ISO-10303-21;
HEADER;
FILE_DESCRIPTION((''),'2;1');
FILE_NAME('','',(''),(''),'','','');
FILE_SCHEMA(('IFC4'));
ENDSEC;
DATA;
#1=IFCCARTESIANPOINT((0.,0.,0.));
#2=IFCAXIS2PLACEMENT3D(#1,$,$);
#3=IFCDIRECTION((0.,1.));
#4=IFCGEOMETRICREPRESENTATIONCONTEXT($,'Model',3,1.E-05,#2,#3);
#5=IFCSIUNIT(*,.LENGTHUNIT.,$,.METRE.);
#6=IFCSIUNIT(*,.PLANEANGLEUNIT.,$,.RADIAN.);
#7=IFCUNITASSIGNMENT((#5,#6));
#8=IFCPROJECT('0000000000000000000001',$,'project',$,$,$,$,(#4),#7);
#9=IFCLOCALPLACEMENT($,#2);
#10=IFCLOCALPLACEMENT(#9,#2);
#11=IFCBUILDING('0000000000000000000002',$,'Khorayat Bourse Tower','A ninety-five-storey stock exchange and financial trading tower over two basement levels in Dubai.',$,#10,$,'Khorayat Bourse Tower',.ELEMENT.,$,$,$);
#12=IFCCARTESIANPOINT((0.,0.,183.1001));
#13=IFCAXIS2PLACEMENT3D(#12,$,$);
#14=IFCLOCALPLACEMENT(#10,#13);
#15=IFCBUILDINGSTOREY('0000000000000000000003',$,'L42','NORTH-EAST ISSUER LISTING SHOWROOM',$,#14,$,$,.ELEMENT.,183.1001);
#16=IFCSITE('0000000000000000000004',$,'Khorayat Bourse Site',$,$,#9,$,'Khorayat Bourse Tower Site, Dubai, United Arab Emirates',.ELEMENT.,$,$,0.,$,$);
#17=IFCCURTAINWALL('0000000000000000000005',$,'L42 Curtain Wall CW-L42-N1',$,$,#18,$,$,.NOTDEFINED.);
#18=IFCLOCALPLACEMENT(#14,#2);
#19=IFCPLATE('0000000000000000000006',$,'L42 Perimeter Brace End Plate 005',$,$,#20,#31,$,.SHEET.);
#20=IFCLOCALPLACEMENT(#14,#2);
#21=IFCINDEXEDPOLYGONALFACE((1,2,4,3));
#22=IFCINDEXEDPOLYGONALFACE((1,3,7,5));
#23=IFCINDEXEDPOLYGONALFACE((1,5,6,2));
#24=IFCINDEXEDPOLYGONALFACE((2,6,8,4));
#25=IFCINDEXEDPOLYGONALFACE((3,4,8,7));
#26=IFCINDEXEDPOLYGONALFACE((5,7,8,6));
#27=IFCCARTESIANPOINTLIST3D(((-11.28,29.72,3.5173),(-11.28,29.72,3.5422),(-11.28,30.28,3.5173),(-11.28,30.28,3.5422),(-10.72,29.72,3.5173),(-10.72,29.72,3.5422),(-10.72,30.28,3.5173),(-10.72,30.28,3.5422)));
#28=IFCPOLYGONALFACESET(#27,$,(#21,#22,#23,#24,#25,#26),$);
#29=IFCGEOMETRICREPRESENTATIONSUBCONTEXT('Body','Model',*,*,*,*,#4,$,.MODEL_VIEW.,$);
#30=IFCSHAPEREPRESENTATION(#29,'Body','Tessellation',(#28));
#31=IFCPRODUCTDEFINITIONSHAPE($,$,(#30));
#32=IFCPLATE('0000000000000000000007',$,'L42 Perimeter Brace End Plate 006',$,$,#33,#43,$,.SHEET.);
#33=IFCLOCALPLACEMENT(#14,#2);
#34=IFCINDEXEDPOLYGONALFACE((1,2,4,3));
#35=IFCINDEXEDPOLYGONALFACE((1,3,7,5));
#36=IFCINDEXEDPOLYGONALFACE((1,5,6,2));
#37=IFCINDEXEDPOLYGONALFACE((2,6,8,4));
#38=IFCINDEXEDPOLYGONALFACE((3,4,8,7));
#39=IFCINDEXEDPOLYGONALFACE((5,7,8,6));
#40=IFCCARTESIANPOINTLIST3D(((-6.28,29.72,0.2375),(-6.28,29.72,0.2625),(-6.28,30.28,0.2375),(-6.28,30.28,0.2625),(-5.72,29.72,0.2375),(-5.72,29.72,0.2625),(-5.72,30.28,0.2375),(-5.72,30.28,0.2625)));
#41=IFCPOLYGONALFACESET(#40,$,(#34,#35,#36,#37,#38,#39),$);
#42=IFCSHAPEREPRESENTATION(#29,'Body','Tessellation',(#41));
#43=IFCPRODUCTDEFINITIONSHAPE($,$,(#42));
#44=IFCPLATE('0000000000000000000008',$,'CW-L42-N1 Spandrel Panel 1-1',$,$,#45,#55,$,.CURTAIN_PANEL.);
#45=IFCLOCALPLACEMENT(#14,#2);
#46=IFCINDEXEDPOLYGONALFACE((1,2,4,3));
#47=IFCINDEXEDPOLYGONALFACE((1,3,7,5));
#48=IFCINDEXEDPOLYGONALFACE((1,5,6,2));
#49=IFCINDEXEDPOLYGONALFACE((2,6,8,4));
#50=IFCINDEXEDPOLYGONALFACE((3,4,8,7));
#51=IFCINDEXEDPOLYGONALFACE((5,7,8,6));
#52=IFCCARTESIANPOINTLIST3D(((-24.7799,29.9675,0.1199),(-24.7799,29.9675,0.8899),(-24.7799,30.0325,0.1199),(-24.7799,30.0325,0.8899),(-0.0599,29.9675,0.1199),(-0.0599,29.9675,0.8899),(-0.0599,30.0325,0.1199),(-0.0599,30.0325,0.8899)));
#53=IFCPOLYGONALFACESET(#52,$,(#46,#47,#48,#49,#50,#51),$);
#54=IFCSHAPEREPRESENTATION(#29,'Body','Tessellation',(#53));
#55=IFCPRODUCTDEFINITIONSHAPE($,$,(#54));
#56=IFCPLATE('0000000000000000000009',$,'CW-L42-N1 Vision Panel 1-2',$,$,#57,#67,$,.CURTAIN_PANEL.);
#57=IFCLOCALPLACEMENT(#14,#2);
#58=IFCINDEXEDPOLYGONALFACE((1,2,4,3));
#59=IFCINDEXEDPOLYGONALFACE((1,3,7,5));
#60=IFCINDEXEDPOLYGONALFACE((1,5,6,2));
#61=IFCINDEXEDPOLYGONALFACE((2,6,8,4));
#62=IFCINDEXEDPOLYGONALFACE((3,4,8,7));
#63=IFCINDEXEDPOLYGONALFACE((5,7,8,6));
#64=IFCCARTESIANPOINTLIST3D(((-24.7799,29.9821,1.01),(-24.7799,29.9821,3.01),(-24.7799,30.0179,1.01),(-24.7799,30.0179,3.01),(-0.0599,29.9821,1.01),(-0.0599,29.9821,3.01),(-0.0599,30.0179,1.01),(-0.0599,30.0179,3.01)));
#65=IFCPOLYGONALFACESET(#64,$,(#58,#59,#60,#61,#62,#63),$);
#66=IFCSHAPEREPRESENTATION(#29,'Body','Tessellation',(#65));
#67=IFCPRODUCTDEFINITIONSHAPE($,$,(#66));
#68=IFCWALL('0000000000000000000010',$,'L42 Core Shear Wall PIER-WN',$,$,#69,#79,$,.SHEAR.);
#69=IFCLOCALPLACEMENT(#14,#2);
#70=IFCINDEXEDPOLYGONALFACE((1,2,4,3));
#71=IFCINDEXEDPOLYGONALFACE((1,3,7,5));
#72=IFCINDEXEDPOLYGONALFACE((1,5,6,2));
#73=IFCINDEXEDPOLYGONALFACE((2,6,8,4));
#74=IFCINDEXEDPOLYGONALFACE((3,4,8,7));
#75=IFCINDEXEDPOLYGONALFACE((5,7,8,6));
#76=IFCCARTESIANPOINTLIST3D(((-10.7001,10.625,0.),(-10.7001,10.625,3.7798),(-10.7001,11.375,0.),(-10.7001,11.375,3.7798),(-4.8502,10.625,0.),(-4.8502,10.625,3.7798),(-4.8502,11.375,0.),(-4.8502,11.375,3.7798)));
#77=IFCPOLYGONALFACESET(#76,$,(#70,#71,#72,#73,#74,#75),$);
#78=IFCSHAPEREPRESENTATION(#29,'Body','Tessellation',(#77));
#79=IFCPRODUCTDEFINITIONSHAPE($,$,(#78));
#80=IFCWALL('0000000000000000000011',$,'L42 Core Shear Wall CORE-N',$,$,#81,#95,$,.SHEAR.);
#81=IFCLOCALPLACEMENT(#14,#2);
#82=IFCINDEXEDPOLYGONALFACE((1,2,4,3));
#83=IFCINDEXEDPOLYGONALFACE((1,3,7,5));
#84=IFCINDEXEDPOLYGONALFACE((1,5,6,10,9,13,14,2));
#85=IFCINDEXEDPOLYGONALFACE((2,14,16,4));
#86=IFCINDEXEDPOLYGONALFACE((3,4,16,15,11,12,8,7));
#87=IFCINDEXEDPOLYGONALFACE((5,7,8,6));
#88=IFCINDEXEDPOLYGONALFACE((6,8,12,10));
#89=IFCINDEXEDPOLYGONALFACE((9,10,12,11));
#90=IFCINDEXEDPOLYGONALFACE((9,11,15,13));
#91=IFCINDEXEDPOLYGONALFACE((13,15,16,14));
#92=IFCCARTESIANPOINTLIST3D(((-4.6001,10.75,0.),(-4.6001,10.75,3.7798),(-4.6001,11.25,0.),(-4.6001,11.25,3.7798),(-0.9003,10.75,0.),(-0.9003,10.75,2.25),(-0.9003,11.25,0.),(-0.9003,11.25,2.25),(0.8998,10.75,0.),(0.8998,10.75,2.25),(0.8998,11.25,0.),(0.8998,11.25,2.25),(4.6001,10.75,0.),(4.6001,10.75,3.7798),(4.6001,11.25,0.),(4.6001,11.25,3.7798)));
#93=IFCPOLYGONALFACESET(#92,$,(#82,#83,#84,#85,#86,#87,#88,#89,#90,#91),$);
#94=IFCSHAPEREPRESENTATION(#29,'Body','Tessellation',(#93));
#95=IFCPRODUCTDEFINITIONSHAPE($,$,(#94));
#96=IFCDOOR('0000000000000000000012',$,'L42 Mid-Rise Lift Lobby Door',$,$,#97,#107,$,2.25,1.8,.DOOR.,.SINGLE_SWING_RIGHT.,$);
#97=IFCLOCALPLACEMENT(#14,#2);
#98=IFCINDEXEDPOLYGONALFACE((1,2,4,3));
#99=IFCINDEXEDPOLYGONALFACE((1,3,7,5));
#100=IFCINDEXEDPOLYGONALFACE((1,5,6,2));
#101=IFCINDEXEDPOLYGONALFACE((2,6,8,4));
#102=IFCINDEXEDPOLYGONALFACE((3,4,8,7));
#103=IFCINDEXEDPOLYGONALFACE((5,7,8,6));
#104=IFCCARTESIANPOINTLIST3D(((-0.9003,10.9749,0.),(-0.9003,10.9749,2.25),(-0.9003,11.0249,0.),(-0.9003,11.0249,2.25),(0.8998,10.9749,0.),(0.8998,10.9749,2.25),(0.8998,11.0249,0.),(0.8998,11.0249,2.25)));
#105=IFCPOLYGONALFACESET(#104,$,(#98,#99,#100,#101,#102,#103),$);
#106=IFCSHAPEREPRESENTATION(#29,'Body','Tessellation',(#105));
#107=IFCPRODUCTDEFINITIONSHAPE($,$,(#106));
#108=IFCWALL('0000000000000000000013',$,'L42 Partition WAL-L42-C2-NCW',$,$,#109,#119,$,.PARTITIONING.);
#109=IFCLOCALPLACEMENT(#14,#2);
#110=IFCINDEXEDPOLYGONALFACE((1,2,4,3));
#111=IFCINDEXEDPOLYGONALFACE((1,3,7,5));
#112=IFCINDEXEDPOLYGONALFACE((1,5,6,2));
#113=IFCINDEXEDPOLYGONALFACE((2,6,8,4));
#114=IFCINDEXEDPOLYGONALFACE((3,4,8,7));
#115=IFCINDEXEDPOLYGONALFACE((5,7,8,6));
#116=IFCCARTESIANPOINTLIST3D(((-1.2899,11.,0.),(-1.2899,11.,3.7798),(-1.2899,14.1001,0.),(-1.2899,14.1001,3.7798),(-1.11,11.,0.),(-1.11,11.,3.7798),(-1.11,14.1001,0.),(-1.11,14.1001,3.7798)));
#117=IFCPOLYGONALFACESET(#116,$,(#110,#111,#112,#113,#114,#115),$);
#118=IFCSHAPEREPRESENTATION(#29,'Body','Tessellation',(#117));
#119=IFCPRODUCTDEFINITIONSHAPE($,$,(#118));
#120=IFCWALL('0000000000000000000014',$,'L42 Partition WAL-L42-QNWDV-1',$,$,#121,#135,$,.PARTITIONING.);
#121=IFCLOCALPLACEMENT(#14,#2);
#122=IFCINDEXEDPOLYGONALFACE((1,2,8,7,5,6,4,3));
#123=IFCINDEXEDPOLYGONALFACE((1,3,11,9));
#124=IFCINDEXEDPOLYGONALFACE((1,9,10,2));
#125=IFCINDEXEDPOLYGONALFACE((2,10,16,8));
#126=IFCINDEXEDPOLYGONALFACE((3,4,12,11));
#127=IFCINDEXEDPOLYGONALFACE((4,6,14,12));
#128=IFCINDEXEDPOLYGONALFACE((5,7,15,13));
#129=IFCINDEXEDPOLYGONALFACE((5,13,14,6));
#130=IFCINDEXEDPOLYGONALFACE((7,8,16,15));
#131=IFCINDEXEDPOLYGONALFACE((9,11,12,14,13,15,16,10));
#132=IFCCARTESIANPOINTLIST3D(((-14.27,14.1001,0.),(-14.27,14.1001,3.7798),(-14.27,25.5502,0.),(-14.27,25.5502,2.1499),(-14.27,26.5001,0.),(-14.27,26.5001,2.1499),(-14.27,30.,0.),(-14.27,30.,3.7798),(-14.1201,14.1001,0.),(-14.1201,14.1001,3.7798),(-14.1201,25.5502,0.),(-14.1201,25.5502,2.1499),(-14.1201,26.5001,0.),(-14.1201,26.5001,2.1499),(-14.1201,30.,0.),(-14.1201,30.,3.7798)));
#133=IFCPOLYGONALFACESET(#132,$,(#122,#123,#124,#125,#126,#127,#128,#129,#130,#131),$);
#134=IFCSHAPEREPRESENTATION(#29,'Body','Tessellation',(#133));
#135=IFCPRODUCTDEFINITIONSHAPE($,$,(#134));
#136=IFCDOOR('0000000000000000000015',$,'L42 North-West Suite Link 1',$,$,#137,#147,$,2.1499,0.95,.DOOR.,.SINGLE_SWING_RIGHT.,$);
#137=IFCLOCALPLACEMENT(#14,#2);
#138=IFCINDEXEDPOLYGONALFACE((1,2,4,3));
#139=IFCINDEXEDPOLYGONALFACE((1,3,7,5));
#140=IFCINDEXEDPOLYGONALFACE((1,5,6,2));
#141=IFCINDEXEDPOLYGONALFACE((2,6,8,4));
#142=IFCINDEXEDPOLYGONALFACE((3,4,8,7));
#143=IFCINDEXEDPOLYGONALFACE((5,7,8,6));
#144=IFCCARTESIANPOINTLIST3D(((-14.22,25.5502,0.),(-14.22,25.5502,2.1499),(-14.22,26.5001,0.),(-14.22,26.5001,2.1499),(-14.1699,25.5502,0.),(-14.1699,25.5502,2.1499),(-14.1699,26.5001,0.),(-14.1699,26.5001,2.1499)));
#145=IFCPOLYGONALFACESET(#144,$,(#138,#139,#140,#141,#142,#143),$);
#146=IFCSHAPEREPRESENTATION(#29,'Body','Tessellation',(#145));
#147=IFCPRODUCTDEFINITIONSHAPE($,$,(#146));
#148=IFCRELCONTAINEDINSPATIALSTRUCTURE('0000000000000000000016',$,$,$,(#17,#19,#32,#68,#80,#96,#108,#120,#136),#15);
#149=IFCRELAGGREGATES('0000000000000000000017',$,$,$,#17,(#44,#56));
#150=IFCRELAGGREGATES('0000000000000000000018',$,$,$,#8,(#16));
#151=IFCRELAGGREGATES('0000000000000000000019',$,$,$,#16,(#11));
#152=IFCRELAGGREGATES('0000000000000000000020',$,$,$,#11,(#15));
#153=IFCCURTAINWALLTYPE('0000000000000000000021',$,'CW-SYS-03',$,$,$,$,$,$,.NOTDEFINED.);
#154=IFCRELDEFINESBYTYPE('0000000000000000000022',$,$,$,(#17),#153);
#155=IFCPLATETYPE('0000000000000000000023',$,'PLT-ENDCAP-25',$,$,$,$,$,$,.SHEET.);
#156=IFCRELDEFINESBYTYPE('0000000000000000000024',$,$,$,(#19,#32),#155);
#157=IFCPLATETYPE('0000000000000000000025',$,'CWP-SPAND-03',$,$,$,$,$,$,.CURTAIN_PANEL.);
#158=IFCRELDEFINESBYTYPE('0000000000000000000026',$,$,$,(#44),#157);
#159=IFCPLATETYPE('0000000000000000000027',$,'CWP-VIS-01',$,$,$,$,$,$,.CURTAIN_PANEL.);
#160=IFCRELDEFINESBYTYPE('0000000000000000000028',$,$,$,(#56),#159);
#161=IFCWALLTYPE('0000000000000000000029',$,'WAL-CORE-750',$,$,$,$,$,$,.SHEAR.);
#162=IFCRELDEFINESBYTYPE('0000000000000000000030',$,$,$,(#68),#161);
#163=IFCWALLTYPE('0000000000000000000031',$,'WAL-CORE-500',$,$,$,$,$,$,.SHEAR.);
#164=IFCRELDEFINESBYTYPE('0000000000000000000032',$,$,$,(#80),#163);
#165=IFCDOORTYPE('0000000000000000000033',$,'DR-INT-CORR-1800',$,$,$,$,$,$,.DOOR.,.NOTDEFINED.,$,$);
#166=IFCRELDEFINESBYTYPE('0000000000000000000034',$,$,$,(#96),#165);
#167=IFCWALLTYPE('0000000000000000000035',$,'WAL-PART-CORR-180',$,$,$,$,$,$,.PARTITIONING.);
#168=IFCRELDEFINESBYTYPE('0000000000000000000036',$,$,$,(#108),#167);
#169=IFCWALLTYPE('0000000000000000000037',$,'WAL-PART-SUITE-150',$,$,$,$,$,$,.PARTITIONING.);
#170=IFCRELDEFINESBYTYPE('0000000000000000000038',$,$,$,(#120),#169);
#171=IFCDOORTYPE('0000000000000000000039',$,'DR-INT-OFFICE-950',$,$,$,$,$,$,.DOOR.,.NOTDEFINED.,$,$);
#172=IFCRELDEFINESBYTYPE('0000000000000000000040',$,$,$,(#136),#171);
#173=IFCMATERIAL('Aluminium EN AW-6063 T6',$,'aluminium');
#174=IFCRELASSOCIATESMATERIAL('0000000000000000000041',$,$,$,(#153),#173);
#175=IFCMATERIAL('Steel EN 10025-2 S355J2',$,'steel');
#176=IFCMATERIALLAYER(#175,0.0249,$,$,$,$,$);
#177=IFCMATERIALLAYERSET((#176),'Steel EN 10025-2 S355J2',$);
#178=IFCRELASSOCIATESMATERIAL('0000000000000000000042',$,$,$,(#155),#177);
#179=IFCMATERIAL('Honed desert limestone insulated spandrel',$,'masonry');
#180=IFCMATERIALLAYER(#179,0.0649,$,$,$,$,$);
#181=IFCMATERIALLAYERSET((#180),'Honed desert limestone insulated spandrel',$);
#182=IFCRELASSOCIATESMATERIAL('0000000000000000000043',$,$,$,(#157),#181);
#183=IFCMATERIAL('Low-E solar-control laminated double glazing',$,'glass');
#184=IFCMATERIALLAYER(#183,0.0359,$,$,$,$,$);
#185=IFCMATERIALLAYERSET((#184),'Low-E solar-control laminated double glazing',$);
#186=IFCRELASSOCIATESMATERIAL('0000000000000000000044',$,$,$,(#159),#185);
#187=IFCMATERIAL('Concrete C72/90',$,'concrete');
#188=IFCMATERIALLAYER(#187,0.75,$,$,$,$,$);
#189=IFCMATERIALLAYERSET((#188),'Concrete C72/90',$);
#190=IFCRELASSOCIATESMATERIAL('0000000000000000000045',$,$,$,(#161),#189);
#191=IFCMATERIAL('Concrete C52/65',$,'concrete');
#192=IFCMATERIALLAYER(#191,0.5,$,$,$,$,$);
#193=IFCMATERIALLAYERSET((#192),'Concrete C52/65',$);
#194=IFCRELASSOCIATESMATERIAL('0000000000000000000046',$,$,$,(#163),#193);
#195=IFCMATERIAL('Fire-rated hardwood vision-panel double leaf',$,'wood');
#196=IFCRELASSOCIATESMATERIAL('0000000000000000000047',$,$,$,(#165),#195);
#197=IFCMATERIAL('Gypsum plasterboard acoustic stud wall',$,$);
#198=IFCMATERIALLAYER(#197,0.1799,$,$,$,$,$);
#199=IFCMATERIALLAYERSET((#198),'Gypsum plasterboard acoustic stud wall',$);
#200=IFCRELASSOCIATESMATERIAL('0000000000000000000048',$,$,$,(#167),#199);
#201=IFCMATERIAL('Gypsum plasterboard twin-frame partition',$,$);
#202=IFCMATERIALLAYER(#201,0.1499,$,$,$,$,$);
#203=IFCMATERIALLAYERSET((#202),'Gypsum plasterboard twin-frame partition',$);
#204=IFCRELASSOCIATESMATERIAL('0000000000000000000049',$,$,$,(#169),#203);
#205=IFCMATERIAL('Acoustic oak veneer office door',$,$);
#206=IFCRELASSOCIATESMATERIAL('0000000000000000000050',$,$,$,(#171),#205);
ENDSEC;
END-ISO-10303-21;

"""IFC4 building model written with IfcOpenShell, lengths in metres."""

from ifc_helpers import new_model, si_unit, direction, frame, frame_2d, origin, origin_2d, place, context, subcontext, project, spatial, rectangle, extrude, source, transform, mapped, material, layer, layer_set, type_object, element, fill, aggregate, save


model = new_model("IFC4")

# Units and contexts
model_context = context("Model", 3, precision=1e-05, world=origin(), true_north=direction((0.0, 1.0)))
body_context = subcontext(model_context, "Body", "Model", "MODEL_VIEW")
ifc_project = project(units=[si_unit("LENGTHUNIT", "METRE"), si_unit("PLANEANGLEUNIT", "RADIAN")], contexts=[model_context])

# Site, building, storey
site_placement = place(None, origin())
site = spatial("IfcSite", under=ifc_project, at=site_placement, Name="Khorayat Bourse Site", LongName="Khorayat Bourse Tower Site, Dubai, United Arab Emirates", CompositionType="ELEMENT", RefElevation=0.0)
building_placement = place(site_placement, origin())
building = spatial("IfcBuilding", under=site, at=building_placement, Name="Khorayat Bourse Tower", Description="A ninety-five-storey stock exchange and financial trading tower over two basement levels in Dubai.", LongName="Khorayat Bourse Tower", CompositionType="ELEMENT")
storey_placement = place(building_placement, frame((0.0, 0.0, 183.1001)))
storey = spatial("IfcBuildingStorey", under=building, at=storey_placement, Name="L42", Description="NORTH-EAST ISSUER LISTING SHOWROOM", CompositionType="ELEMENT", Elevation=183.1001)

# Shared definitions
ifc_material_1 = material(Name="Concrete C72/90", Category="concrete")

# Curtain wall
ifc_material_2 = material(Name="Aluminium EN AW-6063 T6", Category="aluminium")
curtain_wall_type = type_object("IfcCurtainWallType", Name="CW-SYS-03", PredefinedType="NOTDEFINED", material=ifc_material_2)
curtain_wall_placement = place(storey_placement, origin())
curtain_wall = element("IfcCurtainWall", 1, at=curtain_wall_placement, inside=storey, type_object=curtain_wall_type, Name="L42 Curtain Wall CW-L42-N1", PredefinedType="NOTDEFINED")

# Plates
ifc_material_3 = material(Name="Steel EN 10025-2 S355J2", Category="steel")
ifc_layer_1 = layer(ifc_material_3, 0.0249)
ifc_layer_set_1 = layer_set([ifc_layer_1], Name="Steel EN 10025-2 S355J2")
plate_type_1 = type_object("IfcPlateType", Name="PLT-ENDCAP-25", PredefinedType="SHEET", material=ifc_layer_set_1)
shared_shape_1 = source(origin(), body_context, "Body", "SweptSolid", [
    extrude(rectangle(XDim=0.5601, YDim=0.5601, at=origin_2d()), origin(), (0.0, 0.0, 1.0), 0.0249),
])
for number, where, z_axis, x_axis, name in (
    (2, (-11.0, 30.0, 3.5173), (0.0, 0.0, 1.0), (1.0, 0.0, 0.0), "L42 Perimeter Brace End Plate 005"),
    (3, (-6.0, 30.0, 0.2375), (0.0, 0.0, 1.0), (1.0, 0.0, 0.0), "L42 Perimeter Brace End Plate 006"),
):
    element("IfcPlate", number, at=place(storey_placement, frame(where, z_axis=z_axis, x_axis=x_axis)), inside=storey, type_object=plate_type_1, Name=name, PredefinedType="SHEET", context=body_context, shape_type="MappedRepresentation", body=[
        mapped(shared_shape_1, transform((0.0, 0.0, 0.0), scale=1.0)),
    ])

# Plates
ifc_material_4 = material(Name="Honed desert limestone insulated spandrel", Category="masonry")
ifc_layer_2 = layer(ifc_material_4, 0.0649)
ifc_layer_set_2 = layer_set([ifc_layer_2], Name="Honed desert limestone insulated spandrel")
plate_type_2 = type_object("IfcPlateType", Name="CWP-SPAND-03", PredefinedType="CURTAIN_PANEL", material=ifc_layer_set_2)
shared_shape_2 = source(origin(), body_context, "Body", "SweptSolid", [
    extrude(rectangle(XDim=24.72, YDim=0.0649, at=origin_2d()), origin(), (0.0, 0.0, 1.0), 0.77),
])
plate_1_placement = place(storey_placement, frame((-12.4199, 30.0, 0.1199), z_axis=(0.0, 0.0, 1.0), x_axis=(1.0, 0.0, 0.0)))
plate_1 = element("IfcPlate", 4, at=plate_1_placement, type_object=plate_type_2, Name="CW-L42-N1 Spandrel Panel 1-1", PredefinedType="CURTAIN_PANEL", context=body_context, shape_type="MappedRepresentation", body=[
    mapped(shared_shape_2, transform((0.0, 0.0, 0.0), scale=1.0)),
])
ifc_material_5 = material(Name="Low-E solar-control laminated double glazing", Category="glass")
ifc_layer_3 = layer(ifc_material_5, 0.0359)
ifc_layer_set_3 = layer_set([ifc_layer_3], Name="Low-E solar-control laminated double glazing")
plate_type_3 = type_object("IfcPlateType", Name="CWP-VIS-01", PredefinedType="CURTAIN_PANEL", material=ifc_layer_set_3)
shared_shape_3 = source(origin(), body_context, "Body", "SweptSolid", [
    extrude(rectangle(XDim=24.72, YDim=0.0359, at=origin_2d()), origin(), (0.0, 0.0, 1.0), 2.0),
])
plate_2_placement = place(storey_placement, frame((-12.4199, 30.0, 1.01), z_axis=(0.0, 0.0, 1.0), x_axis=(1.0, 0.0, 0.0)))
plate_2 = element("IfcPlate", 5, at=plate_2_placement, type_object=plate_type_3, Name="CW-L42-N1 Vision Panel 1-2", PredefinedType="CURTAIN_PANEL", context=body_context, shape_type="MappedRepresentation", body=[
    mapped(shared_shape_3, transform((0.0, 0.0, 0.0), scale=1.0)),
])
aggregate(curtain_wall, [plate_1, plate_2])

# Wall
ifc_layer_4 = layer(ifc_material_1, 0.75)
ifc_layer_set_4 = layer_set([ifc_layer_4], Name="Concrete C72/90")
wall_type_1 = type_object("IfcWallType", Name="WAL-CORE-750", PredefinedType="SHEAR", material=ifc_layer_set_4)
shared_shape_4 = source(origin(), body_context, "Body", "SweptSolid", [
    extrude(rectangle(XDim=5.8499, YDim=0.75, at=frame_2d((2.9248, 0.0))), origin(), (0.0, 0.0, 1.0), 3.7798),
])
wall_1_placement = place(storey_placement, frame((-10.7, 11.0, 0.0), z_axis=(0.0, 0.0, 1.0), x_axis=(1.0, 0.0, 0.0)))
element("IfcWall", 6, at=wall_1_placement, inside=storey, type_object=wall_type_1, Name="L42 Core Shear Wall PIER-WN", PredefinedType="SHEAR", context=body_context, shape_type="MappedRepresentation", body=[
    mapped(shared_shape_4, transform((0.0, 0.0, 0.0), scale=1.0)),
])

# Wall, opening, door
ifc_material_6 = material(Name="Concrete C52/65", Category="concrete")
ifc_layer_5 = layer(ifc_material_6, 0.5)
ifc_layer_set_5 = layer_set([ifc_layer_5], Name="Concrete C52/65")
wall_type_2 = type_object("IfcWallType", Name="WAL-CORE-500", PredefinedType="SHEAR", material=ifc_layer_set_5)
shared_shape_5 = source(origin(), body_context, "Body", "SweptSolid", [
    extrude(rectangle(XDim=9.2002, YDim=0.5, at=frame_2d((4.6001, 0.0))), origin(), (0.0, 0.0, 1.0), 3.7798),
])
wall_2_placement = place(storey_placement, frame((-4.6001, 11.0, 0.0), z_axis=(0.0, 0.0, 1.0), x_axis=(1.0, 0.0, 0.0)))
wall_2 = element("IfcWall", 7, at=wall_2_placement, inside=storey, type_object=wall_type_2, Name="L42 Core Shear Wall CORE-N", PredefinedType="SHEAR", context=body_context, shape_type="MappedRepresentation", body=[
    mapped(shared_shape_5, transform((0.0, 0.0, 0.0), scale=1.0)),
])
shared_shape_6 = source(origin(), body_context, "Body", "SweptSolid", [
    extrude(rectangle(XDim=1.8, YDim=2.25, at=frame_2d((0.8999, 1.125))), frame((0.0, 0.26, 0.0), z_axis=(0.0, -1.0, 0.0), x_axis=(1.0, 0.0, 0.0)), (0.0, 0.0, 1.0), 0.52),
])
opening_1_placement = place(wall_2_placement, frame((3.7, 0.0, 0.0)))
opening_1 = element("IfcOpeningElement", 8, at=opening_1_placement, cuts=wall_2, PredefinedType="OPENING", context=body_context, shape_type="MappedRepresentation", body=[
    mapped(shared_shape_6, transform((0.0, 0.0, 0.0), scale=1.0)),
])
ifc_material_7 = material(Name="Fire-rated hardwood vision-panel double leaf", Category="wood")
door_type_1 = type_object("IfcDoorType", Name="DR-INT-CORR-1800", OperationType="NOTDEFINED", PredefinedType="DOOR", material=ifc_material_7)
shared_shape_7 = source(origin(), body_context, "Body", "SweptSolid", [
    extrude(rectangle(XDim=1.8, YDim=2.25, at=frame_2d((0.8999, 1.125))), frame((0.0, 0.0249, 0.0), z_axis=(0.0, -1.0, 0.0), x_axis=(1.0, 0.0, 0.0)), (0.0, 0.0, 1.0), 0.05),
])
door_1_placement = place(opening_1_placement, origin())
door_1 = element("IfcDoor", 9, at=door_1_placement, inside=storey, type_object=door_type_1, Name="L42 Mid-Rise Lift Lobby Door", OperationType="SINGLE_SWING_RIGHT", OverallHeight=2.25, OverallWidth=1.8, PredefinedType="DOOR", context=body_context, shape_type="MappedRepresentation", body=[
    mapped(shared_shape_7, transform((0.0, 0.0, 0.0), scale=1.0)),
])
fill(opening_1, door_1)

# Wall
ifc_material_8 = material(Name="Gypsum plasterboard acoustic stud wall")
ifc_layer_6 = layer(ifc_material_8, 0.1799)
ifc_layer_set_6 = layer_set([ifc_layer_6], Name="Gypsum plasterboard acoustic stud wall")
wall_type_3 = type_object("IfcWallType", Name="WAL-PART-CORR-180", PredefinedType="PARTITIONING", material=ifc_layer_set_6)
shared_shape_8 = source(origin(), body_context, "Body", "SweptSolid", [
    extrude(rectangle(XDim=3.1001, YDim=0.1799, at=frame_2d((1.55, 0.0))), origin(), (0.0, 0.0, 1.0), 3.7798),
])
wall_3_placement = place(storey_placement, frame((-1.2, 11.0, 0.0), z_axis=(0.0, 0.0, 1.0), x_axis=(0.0, 1.0, 0.0)))
element("IfcWall", 10, at=wall_3_placement, inside=storey, type_object=wall_type_3, Name="L42 Partition WAL-L42-C2-NCW", PredefinedType="PARTITIONING", context=body_context, shape_type="MappedRepresentation", body=[
    mapped(shared_shape_8, transform((0.0, 0.0, 0.0), scale=1.0)),
])

# Wall, opening, door
ifc_material_9 = material(Name="Gypsum plasterboard twin-frame partition")
ifc_layer_7 = layer(ifc_material_9, 0.1499)
ifc_layer_set_7 = layer_set([ifc_layer_7], Name="Gypsum plasterboard twin-frame partition")
wall_type_4 = type_object("IfcWallType", Name="WAL-PART-SUITE-150", PredefinedType="PARTITIONING", material=ifc_layer_set_7)
shared_shape_9 = source(origin(), body_context, "Body", "SweptSolid", [
    extrude(rectangle(XDim=15.8999, YDim=0.1499, at=frame_2d((7.95, 0.0))), origin(), (0.0, 0.0, 1.0), 3.7798),
])
wall_4_placement = place(storey_placement, frame((-14.1951, 14.1001, 0.0), z_axis=(0.0, 0.0, 1.0), x_axis=(0.0, 1.0, 0.0)))
wall_4 = element("IfcWall", 11, at=wall_4_placement, inside=storey, type_object=wall_type_4, Name="L42 Partition WAL-L42-QNWDV-1", PredefinedType="PARTITIONING", context=body_context, shape_type="MappedRepresentation", body=[
    mapped(shared_shape_9, transform((0.0, 0.0, 0.0), scale=1.0)),
])
shared_shape_10 = source(origin(), body_context, "Body", "SweptSolid", [
    extrude(rectangle(XDim=0.95, YDim=2.1499, at=frame_2d((0.4751, 1.075))), frame((0.0, 0.085, 0.0), z_axis=(0.0, -1.0, 0.0), x_axis=(1.0, 0.0, 0.0)), (0.0, 0.0, 1.0), 0.1699),
])
opening_2_placement = place(wall_4_placement, frame((11.45, 0.0, 0.0)))
opening_2 = element("IfcOpeningElement", 12, at=opening_2_placement, cuts=wall_4, PredefinedType="OPENING", context=body_context, shape_type="MappedRepresentation", body=[
    mapped(shared_shape_10, transform((0.0, 0.0, 0.0), scale=1.0)),
])
ifc_material_10 = material(Name="Acoustic oak veneer office door")
door_type_2 = type_object("IfcDoorType", Name="DR-INT-OFFICE-950", OperationType="NOTDEFINED", PredefinedType="DOOR", material=ifc_material_10)
shared_shape_11 = source(origin(), body_context, "Body", "SweptSolid", [
    extrude(rectangle(XDim=0.95, YDim=2.1499, at=frame_2d((0.4751, 1.075))), frame((0.0, 0.0249, 0.0), z_axis=(0.0, -1.0, 0.0), x_axis=(1.0, 0.0, 0.0)), (0.0, 0.0, 1.0), 0.05),
])
door_2_placement = place(opening_2_placement, origin())
door_2 = element("IfcDoor", 13, at=door_2_placement, inside=storey, type_object=door_type_2, Name="L42 North-West Suite Link 1", OperationType="SINGLE_SWING_RIGHT", OverallHeight=2.1499, OverallWidth=0.95, PredefinedType="DOOR", context=body_context, shape_type="MappedRepresentation", body=[
    mapped(shared_shape_11, transform((0.0, 0.0, 0.0), scale=1.0)),
])
fill(opening_2, door_2)

save(model, "model.ifc")
